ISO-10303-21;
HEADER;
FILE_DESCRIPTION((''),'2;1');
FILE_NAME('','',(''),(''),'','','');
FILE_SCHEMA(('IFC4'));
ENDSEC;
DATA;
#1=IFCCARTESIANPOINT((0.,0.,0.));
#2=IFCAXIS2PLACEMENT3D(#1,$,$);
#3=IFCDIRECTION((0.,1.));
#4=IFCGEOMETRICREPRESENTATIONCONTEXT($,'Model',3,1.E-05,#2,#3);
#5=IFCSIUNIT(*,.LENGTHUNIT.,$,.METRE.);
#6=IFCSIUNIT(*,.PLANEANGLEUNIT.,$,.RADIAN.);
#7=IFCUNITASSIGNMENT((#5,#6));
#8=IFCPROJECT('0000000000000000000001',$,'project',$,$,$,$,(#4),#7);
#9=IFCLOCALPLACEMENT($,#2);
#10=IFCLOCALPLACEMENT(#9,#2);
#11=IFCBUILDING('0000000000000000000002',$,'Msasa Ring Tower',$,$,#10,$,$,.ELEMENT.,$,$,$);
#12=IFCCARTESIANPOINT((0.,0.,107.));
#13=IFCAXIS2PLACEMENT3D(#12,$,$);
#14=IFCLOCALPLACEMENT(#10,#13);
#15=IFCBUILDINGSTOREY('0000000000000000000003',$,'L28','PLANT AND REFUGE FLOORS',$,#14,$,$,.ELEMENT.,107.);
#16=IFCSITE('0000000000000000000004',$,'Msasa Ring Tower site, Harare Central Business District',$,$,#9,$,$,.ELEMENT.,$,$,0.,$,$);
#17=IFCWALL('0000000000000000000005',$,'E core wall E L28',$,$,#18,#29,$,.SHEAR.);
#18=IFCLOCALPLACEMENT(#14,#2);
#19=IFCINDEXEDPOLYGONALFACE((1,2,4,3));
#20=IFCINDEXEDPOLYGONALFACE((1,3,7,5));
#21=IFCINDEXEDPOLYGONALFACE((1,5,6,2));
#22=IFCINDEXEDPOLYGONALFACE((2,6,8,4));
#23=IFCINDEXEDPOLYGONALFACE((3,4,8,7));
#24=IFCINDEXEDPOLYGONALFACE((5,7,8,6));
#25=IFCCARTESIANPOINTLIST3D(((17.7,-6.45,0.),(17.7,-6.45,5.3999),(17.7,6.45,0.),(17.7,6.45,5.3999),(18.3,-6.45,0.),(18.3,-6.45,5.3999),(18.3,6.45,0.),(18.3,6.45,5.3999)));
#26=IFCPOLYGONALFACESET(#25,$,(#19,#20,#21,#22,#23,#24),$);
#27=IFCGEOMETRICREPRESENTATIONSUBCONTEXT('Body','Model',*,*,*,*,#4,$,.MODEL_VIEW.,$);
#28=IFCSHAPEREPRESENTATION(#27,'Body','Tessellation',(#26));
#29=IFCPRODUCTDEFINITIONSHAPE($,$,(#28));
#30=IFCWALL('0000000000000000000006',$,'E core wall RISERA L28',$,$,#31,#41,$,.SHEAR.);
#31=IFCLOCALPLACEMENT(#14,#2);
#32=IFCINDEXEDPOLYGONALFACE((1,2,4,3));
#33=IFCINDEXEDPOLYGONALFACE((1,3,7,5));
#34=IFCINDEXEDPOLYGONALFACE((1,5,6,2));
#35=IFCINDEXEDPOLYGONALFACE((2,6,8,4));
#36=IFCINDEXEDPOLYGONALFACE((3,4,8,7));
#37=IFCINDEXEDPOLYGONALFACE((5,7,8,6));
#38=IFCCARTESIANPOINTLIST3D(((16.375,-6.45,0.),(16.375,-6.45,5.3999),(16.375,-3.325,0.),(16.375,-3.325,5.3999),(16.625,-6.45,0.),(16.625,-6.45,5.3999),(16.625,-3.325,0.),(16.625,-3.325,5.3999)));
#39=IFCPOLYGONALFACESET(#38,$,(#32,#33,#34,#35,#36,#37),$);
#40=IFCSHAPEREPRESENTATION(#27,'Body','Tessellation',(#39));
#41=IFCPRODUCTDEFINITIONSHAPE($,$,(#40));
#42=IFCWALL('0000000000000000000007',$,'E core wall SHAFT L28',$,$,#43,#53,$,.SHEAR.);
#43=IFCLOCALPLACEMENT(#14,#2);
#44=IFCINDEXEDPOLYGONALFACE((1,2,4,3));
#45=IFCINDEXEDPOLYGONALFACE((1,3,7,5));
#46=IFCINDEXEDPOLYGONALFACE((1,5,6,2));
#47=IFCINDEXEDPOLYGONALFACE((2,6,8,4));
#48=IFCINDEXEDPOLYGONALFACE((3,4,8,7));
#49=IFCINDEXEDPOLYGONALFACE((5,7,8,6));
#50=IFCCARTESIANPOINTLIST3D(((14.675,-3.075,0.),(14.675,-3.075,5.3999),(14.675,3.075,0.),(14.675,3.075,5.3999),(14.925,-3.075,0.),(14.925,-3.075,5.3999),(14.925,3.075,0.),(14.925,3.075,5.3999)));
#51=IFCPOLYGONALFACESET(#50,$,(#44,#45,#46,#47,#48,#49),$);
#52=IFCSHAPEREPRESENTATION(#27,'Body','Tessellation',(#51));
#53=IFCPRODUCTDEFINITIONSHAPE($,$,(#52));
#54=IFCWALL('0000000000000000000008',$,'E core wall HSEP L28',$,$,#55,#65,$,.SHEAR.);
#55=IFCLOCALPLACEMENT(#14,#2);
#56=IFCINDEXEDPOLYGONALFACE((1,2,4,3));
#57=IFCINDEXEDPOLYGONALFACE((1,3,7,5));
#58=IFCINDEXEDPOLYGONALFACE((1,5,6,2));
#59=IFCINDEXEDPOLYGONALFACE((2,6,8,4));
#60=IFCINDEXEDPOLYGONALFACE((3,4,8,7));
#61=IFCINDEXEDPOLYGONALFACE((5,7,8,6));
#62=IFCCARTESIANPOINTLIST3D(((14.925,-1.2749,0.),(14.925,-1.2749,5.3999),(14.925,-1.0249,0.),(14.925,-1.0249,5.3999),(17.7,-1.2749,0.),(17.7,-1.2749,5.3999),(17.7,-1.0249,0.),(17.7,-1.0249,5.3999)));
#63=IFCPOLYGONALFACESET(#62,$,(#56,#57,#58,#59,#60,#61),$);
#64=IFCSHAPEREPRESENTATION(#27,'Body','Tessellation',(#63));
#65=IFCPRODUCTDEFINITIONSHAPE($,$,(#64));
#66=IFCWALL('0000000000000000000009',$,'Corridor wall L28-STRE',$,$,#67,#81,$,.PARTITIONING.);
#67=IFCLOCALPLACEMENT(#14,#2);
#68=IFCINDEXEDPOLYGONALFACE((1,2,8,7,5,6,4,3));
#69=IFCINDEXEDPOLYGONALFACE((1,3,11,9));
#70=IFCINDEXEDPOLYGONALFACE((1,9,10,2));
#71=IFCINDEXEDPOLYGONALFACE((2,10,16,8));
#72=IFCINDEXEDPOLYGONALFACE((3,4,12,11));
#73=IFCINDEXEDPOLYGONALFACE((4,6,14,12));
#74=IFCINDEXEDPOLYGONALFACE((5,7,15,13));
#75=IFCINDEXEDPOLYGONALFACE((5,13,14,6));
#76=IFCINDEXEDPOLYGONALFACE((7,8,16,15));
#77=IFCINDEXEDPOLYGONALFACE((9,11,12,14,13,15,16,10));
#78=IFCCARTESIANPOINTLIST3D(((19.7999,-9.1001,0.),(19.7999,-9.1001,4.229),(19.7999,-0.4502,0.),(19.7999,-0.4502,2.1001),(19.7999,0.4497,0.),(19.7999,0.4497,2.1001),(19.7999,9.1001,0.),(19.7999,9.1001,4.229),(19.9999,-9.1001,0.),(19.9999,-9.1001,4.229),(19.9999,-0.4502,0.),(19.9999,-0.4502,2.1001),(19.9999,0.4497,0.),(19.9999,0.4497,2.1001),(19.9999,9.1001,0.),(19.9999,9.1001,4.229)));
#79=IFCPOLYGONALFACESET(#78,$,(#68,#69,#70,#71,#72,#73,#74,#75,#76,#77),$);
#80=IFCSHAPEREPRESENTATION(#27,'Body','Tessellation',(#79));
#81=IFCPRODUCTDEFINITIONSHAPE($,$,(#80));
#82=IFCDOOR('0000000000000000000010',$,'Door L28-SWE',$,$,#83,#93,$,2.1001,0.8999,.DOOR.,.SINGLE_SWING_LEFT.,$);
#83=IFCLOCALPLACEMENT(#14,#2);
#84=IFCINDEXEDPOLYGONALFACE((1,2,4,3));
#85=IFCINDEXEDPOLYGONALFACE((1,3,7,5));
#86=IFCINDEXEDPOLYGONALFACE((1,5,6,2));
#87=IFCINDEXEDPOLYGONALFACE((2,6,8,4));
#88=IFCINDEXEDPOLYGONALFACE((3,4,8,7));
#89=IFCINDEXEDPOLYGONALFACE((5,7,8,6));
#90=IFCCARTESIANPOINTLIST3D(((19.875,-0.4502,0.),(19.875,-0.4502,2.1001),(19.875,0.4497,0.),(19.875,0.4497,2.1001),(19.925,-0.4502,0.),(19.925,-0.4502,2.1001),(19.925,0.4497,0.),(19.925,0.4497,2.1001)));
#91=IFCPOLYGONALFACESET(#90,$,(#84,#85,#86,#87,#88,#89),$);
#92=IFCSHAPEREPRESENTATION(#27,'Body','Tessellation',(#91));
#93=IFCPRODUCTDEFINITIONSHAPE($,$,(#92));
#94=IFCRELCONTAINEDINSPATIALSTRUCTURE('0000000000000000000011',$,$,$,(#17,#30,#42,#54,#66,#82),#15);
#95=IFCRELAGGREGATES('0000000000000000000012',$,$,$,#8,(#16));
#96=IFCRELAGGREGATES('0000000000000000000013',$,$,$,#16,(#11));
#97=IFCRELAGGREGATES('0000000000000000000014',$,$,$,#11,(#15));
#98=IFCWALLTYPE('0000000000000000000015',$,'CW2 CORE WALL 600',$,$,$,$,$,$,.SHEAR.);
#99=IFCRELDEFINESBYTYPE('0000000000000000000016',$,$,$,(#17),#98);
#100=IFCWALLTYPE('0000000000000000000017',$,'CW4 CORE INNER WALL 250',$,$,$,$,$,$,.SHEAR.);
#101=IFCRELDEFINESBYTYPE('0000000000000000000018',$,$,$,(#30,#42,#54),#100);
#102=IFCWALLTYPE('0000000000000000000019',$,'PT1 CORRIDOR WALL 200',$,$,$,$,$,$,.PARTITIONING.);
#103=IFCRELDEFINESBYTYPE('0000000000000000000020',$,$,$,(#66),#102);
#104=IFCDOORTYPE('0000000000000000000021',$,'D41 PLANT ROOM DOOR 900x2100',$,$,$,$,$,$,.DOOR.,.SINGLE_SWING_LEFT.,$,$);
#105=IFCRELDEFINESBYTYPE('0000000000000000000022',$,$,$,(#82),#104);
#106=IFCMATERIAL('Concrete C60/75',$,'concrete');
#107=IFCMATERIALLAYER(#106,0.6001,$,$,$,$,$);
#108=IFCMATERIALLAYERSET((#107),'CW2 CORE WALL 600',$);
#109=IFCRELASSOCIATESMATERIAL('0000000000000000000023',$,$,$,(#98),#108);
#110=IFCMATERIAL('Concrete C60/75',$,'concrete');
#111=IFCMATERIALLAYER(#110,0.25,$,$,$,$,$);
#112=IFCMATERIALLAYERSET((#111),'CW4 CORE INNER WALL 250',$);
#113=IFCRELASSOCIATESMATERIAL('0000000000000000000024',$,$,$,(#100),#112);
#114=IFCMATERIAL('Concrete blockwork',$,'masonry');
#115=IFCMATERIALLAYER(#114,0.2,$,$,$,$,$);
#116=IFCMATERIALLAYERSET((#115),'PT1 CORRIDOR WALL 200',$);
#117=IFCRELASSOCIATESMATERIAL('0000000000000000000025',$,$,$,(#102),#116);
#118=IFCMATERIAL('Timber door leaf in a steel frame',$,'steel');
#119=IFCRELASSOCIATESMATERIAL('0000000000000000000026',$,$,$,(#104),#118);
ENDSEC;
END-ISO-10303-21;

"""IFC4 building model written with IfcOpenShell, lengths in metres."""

from ifc_helpers import new_model, si_unit, direction, frame, frame_2d, origin, place, context, subcontext, project, spatial, rectangle, extrude, material, layer, layer_set, type_object, element, fill, save


model = new_model("IFC4")

# Units and contexts
model_context = context("Model", 3, precision=1e-05, world=origin(), true_north=direction((0.0, 1.0)))
body_context = subcontext(model_context, "Body", "Model", "MODEL_VIEW")
ifc_project = project(units=[si_unit("LENGTHUNIT", "METRE"), si_unit("PLANEANGLEUNIT", "RADIAN")], contexts=[model_context])

# Site, building, storey
site_placement = place(None, origin())
site = spatial("IfcSite", under=ifc_project, at=site_placement, Name="Msasa Ring Tower site, Harare Central Business District", CompositionType="ELEMENT", RefElevation=0.0)
building_placement = place(site_placement, origin())
building = spatial("IfcBuilding", under=site, at=building_placement, Name="Msasa Ring Tower", CompositionType="ELEMENT")
storey_placement = place(building_placement, frame((0.0, 0.0, 107.0)))
storey = spatial("IfcBuildingStorey", under=building, at=storey_placement, Name="L28", Description="PLANT AND REFUGE FLOORS", CompositionType="ELEMENT", Elevation=107.0)

# Walls
ifc_material_1 = material(Name="Concrete C60/75", Category="concrete")
ifc_layer_1 = layer(ifc_material_1, 0.6001)
ifc_layer_set_1 = layer_set([ifc_layer_1], Name="CW2 CORE WALL 600")
wall_type_1 = type_object("IfcWallType", Name="CW2 CORE WALL 600", PredefinedType="SHEAR", material=ifc_layer_set_1)
wall_1_placement = place(storey_placement, frame((18.0, -6.45, 0.0), z_axis=(0.0, 0.0, 1.0), x_axis=(0.0, 1.0, 0.0)))
element("IfcWall", 1, at=wall_1_placement, inside=storey, type_object=wall_type_1, Name="E core wall E L28", PredefinedType="SHEAR", context=body_context, shape_type="SweptSolid", body=[
    extrude(rectangle(XDim=12.8999, YDim=0.6001, at=frame_2d((6.45, 0.0))), origin(), (0.0, 0.0, 1.0), 5.3999),
])
ifc_material_2 = material(Name="Concrete C60/75", Category="concrete")
ifc_layer_2 = layer(ifc_material_2, 0.25)
ifc_layer_set_2 = layer_set([ifc_layer_2], Name="CW4 CORE INNER WALL 250")
wall_type_2 = type_object("IfcWallType", Name="CW4 CORE INNER WALL 250", PredefinedType="SHEAR", material=ifc_layer_set_2)
wall_2_placement = place(storey_placement, frame((16.5, -6.45, 0.0), z_axis=(0.0, 0.0, 1.0), x_axis=(0.0, 1.0, 0.0)))
element("IfcWall", 2, at=wall_2_placement, inside=storey, type_object=wall_type_2, Name="E core wall RISERA L28", PredefinedType="SHEAR", context=body_context, shape_type="SweptSolid", body=[
    extrude(rectangle(XDim=3.125, YDim=0.25, at=frame_2d((1.5625, 0.0))), origin(), (0.0, 0.0, 1.0), 5.3999),
])
wall_3_placement = place(storey_placement, frame((14.8, -3.075, 0.0), z_axis=(0.0, 0.0, 1.0), x_axis=(0.0, 1.0, 0.0)))
element("IfcWall", 3, at=wall_3_placement, inside=storey, type_object=wall_type_2, Name="E core wall SHAFT L28", PredefinedType="SHEAR", context=body_context, shape_type="SweptSolid", body=[
    extrude(rectangle(XDim=6.1499, YDim=0.25, at=frame_2d((3.075, 0.0))), origin(), (0.0, 0.0, 1.0), 5.3999),
])
wall_4_placement = place(storey_placement, frame((14.925, -1.1499, 0.0), z_axis=(0.0, 0.0, 1.0), x_axis=(1.0, 0.0, 0.0)))
element("IfcWall", 4, at=wall_4_placement, inside=storey, type_object=wall_type_2, Name="E core wall HSEP L28", PredefinedType="SHEAR", context=body_context, shape_type="SweptSolid", body=[
    extrude(rectangle(XDim=2.7749, YDim=0.25, at=frame_2d((1.3875, 0.0))), origin(), (0.0, 0.0, 1.0), 5.3999),
])

# Wall, opening, door
ifc_material_3 = material(Name="Concrete blockwork", Category="masonry")
ifc_layer_3 = layer(ifc_material_3, 0.2)
ifc_layer_set_3 = layer_set([ifc_layer_3], Name="PT1 CORRIDOR WALL 200")
wall_type_3 = type_object("IfcWallType", Name="PT1 CORRIDOR WALL 200", PredefinedType="PARTITIONING", material=ifc_layer_set_3)
wall_5_placement = place(storey_placement, frame((19.8999, -9.1001, 0.0), z_axis=(0.0, 0.0, 1.0), x_axis=(0.0, 1.0, 0.0)))
wall_5 = element("IfcWall", 5, at=wall_5_placement, inside=storey, type_object=wall_type_3, Name="Corridor wall L28-STRE", PredefinedType="PARTITIONING", context=body_context, shape_type="SweptSolid", body=[
    extrude(rectangle(XDim=18.2002, YDim=0.2, at=frame_2d((9.1001, 0.0))), origin(), (0.0, 0.0, 1.0), 4.229),
])
opening_placement = place(wall_5_placement, frame((8.6499, 0.0, 0.0)))
opening = element("IfcOpeningElement", 6, at=opening_placement, cuts=wall_5, PredefinedType="OPENING", context=body_context, shape_type="SweptSolid", body=[
    extrude(rectangle(XDim=0.8999, YDim=2.1001, at=frame_2d((0.45, 1.05))), frame((0.0, 0.1099, 0.0), z_axis=(0.0, -1.0, 0.0), x_axis=(1.0, 0.0, 0.0)), (0.0, 0.0, 1.0), 0.22),
])
ifc_material_4 = material(Name="Timber door leaf in a steel frame", Category="steel")
door_type = type_object("IfcDoorType", Name="D41 PLANT ROOM DOOR 900x2100", OperationType="SINGLE_SWING_LEFT", PredefinedType="DOOR", material=ifc_material_4)
door_placement = place(opening_placement, origin())
door = element("IfcDoor", 7, at=door_placement, inside=storey, type_object=door_type, Name="Door L28-SWE", OperationType="SINGLE_SWING_LEFT", OverallHeight=2.1001, OverallWidth=0.8999, PredefinedType="DOOR", context=body_context, shape_type="SweptSolid", body=[
    extrude(rectangle(XDim=0.8999, YDim=2.1001, at=frame_2d((0.45, 1.05))), frame((0.0, 0.0249, 0.0), z_axis=(0.0, -1.0, 0.0), x_axis=(1.0, 0.0, 0.0)), (0.0, 0.0, 1.0), 0.05),
])
fill(opening, door)

save(model, "model.ifc")
